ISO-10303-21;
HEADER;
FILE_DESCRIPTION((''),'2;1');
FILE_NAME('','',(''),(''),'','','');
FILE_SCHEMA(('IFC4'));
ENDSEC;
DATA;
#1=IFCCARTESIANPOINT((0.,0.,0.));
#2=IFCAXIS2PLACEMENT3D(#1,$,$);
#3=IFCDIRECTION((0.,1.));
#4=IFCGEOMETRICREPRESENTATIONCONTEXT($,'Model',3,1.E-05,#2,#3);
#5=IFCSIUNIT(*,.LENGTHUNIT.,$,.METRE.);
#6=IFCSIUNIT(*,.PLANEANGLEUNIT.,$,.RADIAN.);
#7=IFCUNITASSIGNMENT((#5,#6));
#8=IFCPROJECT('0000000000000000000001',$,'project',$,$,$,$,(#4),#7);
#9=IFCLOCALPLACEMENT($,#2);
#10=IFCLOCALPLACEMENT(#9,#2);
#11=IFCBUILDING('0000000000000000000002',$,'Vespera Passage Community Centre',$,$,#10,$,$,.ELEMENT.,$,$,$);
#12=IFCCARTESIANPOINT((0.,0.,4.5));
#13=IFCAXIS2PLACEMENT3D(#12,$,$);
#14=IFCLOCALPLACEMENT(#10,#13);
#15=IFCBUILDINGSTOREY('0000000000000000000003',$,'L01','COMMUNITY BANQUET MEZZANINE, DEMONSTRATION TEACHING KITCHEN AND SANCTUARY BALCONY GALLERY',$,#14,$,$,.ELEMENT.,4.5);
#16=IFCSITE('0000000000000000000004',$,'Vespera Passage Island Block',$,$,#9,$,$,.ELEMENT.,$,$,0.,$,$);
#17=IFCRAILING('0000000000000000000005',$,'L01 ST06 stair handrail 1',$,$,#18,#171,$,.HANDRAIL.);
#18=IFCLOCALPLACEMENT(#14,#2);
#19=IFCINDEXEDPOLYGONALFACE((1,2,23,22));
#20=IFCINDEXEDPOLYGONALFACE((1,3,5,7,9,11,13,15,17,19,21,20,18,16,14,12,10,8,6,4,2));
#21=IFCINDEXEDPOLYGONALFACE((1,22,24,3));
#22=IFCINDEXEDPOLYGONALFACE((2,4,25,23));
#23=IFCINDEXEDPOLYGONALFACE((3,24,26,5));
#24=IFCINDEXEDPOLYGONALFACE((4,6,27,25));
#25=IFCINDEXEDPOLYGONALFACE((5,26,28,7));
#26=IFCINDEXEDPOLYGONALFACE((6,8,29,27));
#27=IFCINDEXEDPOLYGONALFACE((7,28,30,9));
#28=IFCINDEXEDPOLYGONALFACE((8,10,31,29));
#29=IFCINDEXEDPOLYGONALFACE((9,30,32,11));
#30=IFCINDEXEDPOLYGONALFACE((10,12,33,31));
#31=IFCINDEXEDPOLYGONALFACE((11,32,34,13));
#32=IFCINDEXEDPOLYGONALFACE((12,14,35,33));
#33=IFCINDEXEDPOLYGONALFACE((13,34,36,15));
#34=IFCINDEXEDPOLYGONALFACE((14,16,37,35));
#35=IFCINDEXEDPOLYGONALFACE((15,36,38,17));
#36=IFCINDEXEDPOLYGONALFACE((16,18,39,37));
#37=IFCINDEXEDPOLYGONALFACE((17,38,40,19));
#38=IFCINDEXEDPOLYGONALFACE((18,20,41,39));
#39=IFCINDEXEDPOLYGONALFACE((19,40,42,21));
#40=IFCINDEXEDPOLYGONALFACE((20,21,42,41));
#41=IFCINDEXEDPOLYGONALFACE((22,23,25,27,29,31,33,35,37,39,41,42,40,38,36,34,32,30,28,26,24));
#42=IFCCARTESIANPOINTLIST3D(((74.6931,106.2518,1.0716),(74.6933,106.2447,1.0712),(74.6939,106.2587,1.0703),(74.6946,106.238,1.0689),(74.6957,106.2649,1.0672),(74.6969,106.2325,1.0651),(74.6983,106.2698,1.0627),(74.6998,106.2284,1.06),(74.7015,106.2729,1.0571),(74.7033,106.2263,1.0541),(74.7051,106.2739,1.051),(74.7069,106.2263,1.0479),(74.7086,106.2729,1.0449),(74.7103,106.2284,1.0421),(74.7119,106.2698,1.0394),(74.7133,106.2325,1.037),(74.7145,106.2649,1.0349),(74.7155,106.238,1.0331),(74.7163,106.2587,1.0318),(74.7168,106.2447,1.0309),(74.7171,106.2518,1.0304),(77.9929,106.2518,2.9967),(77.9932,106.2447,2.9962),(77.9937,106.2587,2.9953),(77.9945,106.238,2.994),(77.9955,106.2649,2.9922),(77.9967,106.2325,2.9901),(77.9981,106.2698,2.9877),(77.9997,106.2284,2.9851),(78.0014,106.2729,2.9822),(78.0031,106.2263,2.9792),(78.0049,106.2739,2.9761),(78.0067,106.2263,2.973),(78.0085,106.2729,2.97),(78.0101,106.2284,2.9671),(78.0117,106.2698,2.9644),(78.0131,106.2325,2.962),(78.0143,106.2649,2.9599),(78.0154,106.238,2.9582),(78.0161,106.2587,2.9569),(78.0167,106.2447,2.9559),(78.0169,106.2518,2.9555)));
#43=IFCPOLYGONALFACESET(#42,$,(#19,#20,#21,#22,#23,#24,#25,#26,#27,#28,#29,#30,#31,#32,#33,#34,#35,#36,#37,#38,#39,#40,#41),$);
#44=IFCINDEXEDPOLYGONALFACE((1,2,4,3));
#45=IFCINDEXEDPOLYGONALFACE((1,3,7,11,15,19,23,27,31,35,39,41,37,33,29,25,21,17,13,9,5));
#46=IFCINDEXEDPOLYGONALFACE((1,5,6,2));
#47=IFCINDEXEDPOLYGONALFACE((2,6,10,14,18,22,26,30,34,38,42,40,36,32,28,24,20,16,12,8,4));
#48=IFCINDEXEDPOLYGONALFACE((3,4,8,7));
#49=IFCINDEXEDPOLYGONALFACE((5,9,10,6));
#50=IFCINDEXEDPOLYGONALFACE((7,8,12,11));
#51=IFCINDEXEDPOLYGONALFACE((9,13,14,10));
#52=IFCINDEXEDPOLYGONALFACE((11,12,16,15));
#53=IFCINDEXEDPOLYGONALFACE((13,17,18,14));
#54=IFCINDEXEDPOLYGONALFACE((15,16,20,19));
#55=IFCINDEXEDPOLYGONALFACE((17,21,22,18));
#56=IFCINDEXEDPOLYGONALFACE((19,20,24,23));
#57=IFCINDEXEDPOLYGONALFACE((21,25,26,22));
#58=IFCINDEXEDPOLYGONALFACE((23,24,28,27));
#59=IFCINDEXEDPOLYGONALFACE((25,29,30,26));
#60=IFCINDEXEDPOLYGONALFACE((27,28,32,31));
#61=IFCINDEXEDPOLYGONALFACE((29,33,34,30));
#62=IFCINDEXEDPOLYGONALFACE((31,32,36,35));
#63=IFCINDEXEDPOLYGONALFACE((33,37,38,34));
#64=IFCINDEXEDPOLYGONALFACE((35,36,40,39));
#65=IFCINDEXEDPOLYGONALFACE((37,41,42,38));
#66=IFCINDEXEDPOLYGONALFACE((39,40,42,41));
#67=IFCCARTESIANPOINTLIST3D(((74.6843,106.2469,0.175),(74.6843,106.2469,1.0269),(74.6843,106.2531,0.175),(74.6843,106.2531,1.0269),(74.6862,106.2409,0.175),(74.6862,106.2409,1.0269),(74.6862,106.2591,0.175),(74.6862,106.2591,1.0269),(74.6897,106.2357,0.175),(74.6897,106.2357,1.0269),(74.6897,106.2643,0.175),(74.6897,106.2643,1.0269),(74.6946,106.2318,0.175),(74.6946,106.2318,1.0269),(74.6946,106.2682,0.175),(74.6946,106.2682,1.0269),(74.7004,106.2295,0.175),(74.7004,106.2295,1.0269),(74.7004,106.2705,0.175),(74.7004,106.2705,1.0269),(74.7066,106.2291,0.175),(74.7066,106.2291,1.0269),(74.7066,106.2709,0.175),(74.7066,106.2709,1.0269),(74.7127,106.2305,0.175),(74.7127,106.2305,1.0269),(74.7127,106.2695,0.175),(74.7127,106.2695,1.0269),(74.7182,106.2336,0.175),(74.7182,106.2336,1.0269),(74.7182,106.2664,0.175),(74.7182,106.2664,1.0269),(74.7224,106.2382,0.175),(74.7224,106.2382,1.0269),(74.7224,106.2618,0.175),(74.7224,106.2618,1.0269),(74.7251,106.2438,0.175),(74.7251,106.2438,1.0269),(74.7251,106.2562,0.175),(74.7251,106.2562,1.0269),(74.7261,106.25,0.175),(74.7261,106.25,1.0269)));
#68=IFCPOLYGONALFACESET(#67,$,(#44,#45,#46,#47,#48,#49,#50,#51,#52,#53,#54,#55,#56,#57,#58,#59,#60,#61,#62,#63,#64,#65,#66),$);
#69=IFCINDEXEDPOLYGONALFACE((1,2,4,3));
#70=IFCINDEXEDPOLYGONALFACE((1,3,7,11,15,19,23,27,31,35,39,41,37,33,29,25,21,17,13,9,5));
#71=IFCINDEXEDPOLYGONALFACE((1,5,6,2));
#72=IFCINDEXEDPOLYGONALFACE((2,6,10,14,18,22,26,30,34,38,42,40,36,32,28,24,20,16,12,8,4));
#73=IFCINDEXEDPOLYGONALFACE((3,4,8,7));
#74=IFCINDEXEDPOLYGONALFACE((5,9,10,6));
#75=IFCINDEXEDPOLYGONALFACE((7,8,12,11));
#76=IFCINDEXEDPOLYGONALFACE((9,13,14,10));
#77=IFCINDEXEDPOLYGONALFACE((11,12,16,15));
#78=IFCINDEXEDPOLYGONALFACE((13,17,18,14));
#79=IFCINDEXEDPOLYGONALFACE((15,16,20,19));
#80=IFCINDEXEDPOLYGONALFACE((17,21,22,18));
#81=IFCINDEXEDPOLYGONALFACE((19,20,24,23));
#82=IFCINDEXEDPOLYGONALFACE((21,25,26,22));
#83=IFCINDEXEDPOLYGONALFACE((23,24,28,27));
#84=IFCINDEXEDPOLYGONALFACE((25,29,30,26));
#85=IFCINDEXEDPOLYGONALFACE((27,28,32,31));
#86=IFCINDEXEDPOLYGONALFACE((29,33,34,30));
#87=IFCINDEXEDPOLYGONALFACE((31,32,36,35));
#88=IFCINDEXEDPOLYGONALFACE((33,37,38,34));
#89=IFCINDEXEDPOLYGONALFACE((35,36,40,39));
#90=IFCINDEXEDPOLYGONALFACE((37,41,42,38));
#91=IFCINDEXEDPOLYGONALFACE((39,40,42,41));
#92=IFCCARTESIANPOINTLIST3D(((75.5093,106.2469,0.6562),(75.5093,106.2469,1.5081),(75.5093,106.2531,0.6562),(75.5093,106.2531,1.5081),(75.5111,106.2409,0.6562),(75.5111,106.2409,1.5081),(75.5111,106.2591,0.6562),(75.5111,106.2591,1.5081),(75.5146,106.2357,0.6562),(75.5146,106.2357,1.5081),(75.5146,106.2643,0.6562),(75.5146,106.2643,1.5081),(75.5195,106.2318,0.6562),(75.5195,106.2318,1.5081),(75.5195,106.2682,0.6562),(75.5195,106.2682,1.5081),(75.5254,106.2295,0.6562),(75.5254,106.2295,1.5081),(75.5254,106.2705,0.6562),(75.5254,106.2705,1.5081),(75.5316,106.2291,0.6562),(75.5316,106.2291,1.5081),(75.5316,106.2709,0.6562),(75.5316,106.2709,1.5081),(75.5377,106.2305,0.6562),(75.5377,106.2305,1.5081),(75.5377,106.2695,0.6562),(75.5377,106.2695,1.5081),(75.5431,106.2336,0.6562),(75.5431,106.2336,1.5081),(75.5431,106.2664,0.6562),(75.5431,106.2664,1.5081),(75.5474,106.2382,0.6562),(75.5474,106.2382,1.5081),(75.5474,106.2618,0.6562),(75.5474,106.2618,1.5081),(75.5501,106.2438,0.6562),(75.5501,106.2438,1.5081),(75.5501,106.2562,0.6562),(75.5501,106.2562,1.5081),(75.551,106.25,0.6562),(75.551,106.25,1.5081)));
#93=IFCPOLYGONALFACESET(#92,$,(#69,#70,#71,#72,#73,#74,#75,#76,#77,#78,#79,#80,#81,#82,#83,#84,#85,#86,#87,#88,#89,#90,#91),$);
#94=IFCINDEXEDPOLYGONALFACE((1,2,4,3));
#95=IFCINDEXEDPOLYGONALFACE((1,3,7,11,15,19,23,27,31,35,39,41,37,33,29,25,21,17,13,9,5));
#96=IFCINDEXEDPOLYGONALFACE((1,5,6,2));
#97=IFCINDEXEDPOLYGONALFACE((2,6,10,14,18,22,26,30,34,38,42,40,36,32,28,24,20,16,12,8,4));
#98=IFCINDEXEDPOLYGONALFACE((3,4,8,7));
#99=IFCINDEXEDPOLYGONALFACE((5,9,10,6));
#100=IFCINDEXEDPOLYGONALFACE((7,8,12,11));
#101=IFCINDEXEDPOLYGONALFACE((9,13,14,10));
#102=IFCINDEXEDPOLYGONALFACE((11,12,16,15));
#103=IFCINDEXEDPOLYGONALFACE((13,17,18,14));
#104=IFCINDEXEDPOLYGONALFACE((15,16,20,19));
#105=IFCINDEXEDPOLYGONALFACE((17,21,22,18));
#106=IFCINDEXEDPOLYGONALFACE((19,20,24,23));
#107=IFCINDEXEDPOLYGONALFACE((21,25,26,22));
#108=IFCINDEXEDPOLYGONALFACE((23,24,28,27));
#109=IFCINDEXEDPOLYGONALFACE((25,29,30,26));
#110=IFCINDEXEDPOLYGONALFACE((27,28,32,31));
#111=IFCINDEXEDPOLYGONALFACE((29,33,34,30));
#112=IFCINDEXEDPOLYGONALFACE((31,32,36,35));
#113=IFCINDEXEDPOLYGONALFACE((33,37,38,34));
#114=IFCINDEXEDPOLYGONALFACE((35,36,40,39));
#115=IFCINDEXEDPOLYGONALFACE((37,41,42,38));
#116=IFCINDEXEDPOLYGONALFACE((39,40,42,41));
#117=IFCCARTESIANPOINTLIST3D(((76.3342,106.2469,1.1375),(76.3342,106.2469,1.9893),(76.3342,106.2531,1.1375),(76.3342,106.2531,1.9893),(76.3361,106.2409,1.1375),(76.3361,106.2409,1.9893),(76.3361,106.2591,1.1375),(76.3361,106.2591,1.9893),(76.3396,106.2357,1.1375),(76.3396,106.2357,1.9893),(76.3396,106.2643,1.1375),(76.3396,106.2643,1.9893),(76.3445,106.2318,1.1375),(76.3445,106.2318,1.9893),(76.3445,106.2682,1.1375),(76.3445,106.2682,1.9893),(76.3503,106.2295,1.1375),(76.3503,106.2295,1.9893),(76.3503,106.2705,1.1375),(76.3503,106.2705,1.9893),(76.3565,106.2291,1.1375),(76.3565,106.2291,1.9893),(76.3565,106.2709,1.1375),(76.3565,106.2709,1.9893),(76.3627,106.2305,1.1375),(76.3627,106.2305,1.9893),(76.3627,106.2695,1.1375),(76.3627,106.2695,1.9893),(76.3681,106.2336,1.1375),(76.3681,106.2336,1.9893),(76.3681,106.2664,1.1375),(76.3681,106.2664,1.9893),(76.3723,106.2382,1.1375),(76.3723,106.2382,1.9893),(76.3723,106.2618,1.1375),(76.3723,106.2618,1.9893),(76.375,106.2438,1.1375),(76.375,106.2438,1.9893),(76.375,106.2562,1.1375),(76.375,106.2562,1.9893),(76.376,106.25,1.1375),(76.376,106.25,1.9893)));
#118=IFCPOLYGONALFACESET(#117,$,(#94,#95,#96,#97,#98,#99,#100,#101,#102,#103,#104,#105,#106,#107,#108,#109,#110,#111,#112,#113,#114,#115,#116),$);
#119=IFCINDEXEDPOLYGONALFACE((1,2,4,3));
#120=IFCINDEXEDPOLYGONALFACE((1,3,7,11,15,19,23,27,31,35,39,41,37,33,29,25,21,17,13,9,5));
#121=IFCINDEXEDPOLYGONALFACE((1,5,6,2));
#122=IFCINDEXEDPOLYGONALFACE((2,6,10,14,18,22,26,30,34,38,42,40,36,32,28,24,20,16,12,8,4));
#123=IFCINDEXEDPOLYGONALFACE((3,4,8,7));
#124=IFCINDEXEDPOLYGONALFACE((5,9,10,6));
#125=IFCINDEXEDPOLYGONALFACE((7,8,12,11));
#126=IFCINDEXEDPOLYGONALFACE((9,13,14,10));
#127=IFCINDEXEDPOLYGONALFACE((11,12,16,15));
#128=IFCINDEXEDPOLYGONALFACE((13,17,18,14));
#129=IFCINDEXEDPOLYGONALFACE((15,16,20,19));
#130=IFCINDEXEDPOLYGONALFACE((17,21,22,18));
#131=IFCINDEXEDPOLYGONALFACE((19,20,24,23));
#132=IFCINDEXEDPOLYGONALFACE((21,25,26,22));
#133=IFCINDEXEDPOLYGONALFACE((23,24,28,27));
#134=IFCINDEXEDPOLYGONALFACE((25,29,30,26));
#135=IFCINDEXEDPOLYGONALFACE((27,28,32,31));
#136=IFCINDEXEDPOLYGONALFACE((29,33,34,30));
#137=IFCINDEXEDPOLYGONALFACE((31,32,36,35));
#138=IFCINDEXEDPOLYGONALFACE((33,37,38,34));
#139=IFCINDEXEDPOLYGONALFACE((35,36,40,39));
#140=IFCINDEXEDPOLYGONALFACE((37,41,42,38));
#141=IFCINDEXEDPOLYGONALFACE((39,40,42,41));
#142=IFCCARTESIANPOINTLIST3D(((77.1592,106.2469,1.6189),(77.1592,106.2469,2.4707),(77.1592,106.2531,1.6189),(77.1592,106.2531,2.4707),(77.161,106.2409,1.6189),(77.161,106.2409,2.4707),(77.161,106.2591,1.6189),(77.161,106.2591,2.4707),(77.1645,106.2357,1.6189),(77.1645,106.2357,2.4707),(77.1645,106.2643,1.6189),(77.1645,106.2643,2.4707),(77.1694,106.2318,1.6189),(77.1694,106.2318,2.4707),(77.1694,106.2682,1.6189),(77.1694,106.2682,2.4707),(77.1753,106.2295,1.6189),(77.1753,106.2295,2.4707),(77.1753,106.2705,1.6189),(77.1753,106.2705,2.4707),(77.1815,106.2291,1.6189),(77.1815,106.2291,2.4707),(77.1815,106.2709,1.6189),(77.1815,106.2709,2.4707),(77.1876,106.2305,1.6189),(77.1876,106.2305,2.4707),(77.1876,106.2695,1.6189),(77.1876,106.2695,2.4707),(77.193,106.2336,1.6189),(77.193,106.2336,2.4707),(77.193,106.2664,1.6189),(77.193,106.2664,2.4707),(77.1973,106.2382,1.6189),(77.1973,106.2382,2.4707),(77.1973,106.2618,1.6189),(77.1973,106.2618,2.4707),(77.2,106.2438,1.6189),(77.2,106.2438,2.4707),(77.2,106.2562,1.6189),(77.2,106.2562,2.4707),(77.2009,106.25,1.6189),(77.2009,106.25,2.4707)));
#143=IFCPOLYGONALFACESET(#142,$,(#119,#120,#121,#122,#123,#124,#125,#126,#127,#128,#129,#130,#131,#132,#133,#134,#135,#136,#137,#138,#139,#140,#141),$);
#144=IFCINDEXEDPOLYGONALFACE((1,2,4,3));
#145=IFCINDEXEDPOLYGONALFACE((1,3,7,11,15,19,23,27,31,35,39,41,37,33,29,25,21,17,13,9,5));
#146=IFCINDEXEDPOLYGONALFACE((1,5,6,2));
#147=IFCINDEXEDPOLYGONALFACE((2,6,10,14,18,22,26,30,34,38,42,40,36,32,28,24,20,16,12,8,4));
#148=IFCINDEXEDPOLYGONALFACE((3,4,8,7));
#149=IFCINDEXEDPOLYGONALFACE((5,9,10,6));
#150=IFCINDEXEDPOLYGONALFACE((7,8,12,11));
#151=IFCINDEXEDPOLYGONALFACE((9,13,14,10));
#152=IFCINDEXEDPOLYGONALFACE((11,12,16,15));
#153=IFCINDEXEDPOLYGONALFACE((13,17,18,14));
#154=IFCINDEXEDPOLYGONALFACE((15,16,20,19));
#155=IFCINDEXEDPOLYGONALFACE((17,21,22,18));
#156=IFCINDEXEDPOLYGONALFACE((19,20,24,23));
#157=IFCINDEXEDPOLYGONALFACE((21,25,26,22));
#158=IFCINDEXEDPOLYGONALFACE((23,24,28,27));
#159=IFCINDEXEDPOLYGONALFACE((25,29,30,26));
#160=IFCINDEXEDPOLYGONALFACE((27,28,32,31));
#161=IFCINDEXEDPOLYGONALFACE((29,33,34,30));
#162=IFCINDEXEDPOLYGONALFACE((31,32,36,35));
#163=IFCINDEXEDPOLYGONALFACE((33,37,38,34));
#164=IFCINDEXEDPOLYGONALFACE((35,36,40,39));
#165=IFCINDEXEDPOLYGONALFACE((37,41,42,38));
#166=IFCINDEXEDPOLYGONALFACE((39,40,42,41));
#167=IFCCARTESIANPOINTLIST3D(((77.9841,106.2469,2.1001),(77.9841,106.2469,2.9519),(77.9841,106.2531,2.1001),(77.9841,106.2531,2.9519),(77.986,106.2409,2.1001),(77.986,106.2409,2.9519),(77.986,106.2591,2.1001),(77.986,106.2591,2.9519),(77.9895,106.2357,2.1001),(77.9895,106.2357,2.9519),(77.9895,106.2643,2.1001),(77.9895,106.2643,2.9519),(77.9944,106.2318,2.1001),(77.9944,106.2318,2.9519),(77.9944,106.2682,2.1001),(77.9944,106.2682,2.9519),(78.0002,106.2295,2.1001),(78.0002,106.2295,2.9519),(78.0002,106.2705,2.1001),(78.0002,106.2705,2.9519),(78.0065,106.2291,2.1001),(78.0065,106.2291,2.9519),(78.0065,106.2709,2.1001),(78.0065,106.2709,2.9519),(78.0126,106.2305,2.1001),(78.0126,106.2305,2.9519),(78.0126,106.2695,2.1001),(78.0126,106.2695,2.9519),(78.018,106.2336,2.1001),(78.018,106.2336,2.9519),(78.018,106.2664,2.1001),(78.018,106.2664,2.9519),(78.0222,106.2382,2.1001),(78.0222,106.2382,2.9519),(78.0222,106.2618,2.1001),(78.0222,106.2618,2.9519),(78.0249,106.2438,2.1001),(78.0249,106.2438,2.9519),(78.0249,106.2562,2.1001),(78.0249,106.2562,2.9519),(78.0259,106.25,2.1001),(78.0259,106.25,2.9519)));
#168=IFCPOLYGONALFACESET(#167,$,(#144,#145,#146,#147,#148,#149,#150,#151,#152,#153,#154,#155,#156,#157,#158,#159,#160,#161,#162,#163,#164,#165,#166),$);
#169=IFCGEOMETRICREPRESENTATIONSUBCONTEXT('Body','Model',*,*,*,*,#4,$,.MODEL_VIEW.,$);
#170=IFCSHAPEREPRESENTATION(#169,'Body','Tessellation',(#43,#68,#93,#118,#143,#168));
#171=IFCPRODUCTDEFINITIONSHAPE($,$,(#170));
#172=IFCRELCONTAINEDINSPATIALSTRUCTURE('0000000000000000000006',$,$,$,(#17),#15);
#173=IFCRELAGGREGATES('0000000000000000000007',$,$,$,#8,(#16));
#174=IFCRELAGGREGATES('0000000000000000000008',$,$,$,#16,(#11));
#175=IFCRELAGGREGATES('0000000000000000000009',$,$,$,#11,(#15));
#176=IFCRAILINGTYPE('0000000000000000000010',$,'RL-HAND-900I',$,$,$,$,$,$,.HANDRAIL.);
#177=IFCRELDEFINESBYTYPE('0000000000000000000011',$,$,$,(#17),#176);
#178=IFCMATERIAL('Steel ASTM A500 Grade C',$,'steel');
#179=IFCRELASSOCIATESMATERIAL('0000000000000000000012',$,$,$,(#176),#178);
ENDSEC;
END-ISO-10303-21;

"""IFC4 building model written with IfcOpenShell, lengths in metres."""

from ifc_helpers import new_model, si_unit, direction, frame, origin, origin_2d, place, context, subcontext, project, spatial, circle, extrude, material, type_object, element, save


model = new_model("IFC4")

# Units and contexts
model_context = context("Model", 3, precision=1e-05, world=origin(), true_north=direction((0.0, 1.0)))
body_context = subcontext(model_context, "Body", "Model", "MODEL_VIEW")
ifc_project = project(units=[si_unit("LENGTHUNIT", "METRE"), si_unit("PLANEANGLEUNIT", "RADIAN")], contexts=[model_context])

# Site, building, storey
site_placement = place(None, origin())
site = spatial("IfcSite", under=ifc_project, at=site_placement, Name="Vespera Passage Island Block", CompositionType="ELEMENT", RefElevation=0.0)
building_placement = place(site_placement, origin())
building = spatial("IfcBuilding", under=site, at=building_placement, Name="Vespera Passage Community Centre", CompositionType="ELEMENT")
storey_placement = place(building_placement, frame((0.0, 0.0, 4.5)))
storey = spatial("IfcBuildingStorey", under=building, at=storey_placement, Name="L01", Description="COMMUNITY BANQUET MEZZANINE, DEMONSTRATION TEACHING KITCHEN AND SANCTUARY BALCONY GALLERY", CompositionType="ELEMENT", Elevation=4.5)

# Railing
ifc_material_1 = material(Name="Steel ASTM A500 Grade C", Category="steel")
railing_type_1 = type_object("IfcRailingType", Name="RL-HAND-900I", PredefinedType="HANDRAIL", material=ifc_material_1)
railing_1_placement = place(storey_placement, frame((74.7051, 106.25, 0.175)))
element("IfcRailing", 1, at=railing_1_placement, inside=storey, type_object=railing_type_1, Name="L01 ST06 stair handrail 1", PredefinedType="HANDRAIL", context=body_context, shape_type="SweptSolid", body=[
    extrude(circle(Radius=0.0239, at=origin_2d()), frame((0.0, 0.0, 0.876), z_axis=(0.86376, 0.0, 0.503903), x_axis=(0.0, 1.0, 0.0)), (0.0, 0.0, 1.0), 3.8203),
    extrude(circle(Radius=0.021, at=origin_2d()), origin(), (0.0, 0.0, 1.0), 0.8518),
    extrude(circle(Radius=0.021, at=origin_2d()), frame((0.825, 0.0, 0.4812)), (0.0, 0.0, 1.0), 0.8518),
    extrude(circle(Radius=0.021, at=origin_2d()), frame((1.6499, 0.0, 0.9624)), (0.0, 0.0, 1.0), 0.8518),
    extrude(circle(Radius=0.021, at=origin_2d()), frame((2.4749, 0.0, 1.4438)), (0.0, 0.0, 1.0), 0.8518),
    extrude(circle(Radius=0.021, at=origin_2d()), frame((3.2998, 0.0, 1.925)), (0.0, 0.0, 1.0), 0.8518),
])

save(model, "model.ifc")
